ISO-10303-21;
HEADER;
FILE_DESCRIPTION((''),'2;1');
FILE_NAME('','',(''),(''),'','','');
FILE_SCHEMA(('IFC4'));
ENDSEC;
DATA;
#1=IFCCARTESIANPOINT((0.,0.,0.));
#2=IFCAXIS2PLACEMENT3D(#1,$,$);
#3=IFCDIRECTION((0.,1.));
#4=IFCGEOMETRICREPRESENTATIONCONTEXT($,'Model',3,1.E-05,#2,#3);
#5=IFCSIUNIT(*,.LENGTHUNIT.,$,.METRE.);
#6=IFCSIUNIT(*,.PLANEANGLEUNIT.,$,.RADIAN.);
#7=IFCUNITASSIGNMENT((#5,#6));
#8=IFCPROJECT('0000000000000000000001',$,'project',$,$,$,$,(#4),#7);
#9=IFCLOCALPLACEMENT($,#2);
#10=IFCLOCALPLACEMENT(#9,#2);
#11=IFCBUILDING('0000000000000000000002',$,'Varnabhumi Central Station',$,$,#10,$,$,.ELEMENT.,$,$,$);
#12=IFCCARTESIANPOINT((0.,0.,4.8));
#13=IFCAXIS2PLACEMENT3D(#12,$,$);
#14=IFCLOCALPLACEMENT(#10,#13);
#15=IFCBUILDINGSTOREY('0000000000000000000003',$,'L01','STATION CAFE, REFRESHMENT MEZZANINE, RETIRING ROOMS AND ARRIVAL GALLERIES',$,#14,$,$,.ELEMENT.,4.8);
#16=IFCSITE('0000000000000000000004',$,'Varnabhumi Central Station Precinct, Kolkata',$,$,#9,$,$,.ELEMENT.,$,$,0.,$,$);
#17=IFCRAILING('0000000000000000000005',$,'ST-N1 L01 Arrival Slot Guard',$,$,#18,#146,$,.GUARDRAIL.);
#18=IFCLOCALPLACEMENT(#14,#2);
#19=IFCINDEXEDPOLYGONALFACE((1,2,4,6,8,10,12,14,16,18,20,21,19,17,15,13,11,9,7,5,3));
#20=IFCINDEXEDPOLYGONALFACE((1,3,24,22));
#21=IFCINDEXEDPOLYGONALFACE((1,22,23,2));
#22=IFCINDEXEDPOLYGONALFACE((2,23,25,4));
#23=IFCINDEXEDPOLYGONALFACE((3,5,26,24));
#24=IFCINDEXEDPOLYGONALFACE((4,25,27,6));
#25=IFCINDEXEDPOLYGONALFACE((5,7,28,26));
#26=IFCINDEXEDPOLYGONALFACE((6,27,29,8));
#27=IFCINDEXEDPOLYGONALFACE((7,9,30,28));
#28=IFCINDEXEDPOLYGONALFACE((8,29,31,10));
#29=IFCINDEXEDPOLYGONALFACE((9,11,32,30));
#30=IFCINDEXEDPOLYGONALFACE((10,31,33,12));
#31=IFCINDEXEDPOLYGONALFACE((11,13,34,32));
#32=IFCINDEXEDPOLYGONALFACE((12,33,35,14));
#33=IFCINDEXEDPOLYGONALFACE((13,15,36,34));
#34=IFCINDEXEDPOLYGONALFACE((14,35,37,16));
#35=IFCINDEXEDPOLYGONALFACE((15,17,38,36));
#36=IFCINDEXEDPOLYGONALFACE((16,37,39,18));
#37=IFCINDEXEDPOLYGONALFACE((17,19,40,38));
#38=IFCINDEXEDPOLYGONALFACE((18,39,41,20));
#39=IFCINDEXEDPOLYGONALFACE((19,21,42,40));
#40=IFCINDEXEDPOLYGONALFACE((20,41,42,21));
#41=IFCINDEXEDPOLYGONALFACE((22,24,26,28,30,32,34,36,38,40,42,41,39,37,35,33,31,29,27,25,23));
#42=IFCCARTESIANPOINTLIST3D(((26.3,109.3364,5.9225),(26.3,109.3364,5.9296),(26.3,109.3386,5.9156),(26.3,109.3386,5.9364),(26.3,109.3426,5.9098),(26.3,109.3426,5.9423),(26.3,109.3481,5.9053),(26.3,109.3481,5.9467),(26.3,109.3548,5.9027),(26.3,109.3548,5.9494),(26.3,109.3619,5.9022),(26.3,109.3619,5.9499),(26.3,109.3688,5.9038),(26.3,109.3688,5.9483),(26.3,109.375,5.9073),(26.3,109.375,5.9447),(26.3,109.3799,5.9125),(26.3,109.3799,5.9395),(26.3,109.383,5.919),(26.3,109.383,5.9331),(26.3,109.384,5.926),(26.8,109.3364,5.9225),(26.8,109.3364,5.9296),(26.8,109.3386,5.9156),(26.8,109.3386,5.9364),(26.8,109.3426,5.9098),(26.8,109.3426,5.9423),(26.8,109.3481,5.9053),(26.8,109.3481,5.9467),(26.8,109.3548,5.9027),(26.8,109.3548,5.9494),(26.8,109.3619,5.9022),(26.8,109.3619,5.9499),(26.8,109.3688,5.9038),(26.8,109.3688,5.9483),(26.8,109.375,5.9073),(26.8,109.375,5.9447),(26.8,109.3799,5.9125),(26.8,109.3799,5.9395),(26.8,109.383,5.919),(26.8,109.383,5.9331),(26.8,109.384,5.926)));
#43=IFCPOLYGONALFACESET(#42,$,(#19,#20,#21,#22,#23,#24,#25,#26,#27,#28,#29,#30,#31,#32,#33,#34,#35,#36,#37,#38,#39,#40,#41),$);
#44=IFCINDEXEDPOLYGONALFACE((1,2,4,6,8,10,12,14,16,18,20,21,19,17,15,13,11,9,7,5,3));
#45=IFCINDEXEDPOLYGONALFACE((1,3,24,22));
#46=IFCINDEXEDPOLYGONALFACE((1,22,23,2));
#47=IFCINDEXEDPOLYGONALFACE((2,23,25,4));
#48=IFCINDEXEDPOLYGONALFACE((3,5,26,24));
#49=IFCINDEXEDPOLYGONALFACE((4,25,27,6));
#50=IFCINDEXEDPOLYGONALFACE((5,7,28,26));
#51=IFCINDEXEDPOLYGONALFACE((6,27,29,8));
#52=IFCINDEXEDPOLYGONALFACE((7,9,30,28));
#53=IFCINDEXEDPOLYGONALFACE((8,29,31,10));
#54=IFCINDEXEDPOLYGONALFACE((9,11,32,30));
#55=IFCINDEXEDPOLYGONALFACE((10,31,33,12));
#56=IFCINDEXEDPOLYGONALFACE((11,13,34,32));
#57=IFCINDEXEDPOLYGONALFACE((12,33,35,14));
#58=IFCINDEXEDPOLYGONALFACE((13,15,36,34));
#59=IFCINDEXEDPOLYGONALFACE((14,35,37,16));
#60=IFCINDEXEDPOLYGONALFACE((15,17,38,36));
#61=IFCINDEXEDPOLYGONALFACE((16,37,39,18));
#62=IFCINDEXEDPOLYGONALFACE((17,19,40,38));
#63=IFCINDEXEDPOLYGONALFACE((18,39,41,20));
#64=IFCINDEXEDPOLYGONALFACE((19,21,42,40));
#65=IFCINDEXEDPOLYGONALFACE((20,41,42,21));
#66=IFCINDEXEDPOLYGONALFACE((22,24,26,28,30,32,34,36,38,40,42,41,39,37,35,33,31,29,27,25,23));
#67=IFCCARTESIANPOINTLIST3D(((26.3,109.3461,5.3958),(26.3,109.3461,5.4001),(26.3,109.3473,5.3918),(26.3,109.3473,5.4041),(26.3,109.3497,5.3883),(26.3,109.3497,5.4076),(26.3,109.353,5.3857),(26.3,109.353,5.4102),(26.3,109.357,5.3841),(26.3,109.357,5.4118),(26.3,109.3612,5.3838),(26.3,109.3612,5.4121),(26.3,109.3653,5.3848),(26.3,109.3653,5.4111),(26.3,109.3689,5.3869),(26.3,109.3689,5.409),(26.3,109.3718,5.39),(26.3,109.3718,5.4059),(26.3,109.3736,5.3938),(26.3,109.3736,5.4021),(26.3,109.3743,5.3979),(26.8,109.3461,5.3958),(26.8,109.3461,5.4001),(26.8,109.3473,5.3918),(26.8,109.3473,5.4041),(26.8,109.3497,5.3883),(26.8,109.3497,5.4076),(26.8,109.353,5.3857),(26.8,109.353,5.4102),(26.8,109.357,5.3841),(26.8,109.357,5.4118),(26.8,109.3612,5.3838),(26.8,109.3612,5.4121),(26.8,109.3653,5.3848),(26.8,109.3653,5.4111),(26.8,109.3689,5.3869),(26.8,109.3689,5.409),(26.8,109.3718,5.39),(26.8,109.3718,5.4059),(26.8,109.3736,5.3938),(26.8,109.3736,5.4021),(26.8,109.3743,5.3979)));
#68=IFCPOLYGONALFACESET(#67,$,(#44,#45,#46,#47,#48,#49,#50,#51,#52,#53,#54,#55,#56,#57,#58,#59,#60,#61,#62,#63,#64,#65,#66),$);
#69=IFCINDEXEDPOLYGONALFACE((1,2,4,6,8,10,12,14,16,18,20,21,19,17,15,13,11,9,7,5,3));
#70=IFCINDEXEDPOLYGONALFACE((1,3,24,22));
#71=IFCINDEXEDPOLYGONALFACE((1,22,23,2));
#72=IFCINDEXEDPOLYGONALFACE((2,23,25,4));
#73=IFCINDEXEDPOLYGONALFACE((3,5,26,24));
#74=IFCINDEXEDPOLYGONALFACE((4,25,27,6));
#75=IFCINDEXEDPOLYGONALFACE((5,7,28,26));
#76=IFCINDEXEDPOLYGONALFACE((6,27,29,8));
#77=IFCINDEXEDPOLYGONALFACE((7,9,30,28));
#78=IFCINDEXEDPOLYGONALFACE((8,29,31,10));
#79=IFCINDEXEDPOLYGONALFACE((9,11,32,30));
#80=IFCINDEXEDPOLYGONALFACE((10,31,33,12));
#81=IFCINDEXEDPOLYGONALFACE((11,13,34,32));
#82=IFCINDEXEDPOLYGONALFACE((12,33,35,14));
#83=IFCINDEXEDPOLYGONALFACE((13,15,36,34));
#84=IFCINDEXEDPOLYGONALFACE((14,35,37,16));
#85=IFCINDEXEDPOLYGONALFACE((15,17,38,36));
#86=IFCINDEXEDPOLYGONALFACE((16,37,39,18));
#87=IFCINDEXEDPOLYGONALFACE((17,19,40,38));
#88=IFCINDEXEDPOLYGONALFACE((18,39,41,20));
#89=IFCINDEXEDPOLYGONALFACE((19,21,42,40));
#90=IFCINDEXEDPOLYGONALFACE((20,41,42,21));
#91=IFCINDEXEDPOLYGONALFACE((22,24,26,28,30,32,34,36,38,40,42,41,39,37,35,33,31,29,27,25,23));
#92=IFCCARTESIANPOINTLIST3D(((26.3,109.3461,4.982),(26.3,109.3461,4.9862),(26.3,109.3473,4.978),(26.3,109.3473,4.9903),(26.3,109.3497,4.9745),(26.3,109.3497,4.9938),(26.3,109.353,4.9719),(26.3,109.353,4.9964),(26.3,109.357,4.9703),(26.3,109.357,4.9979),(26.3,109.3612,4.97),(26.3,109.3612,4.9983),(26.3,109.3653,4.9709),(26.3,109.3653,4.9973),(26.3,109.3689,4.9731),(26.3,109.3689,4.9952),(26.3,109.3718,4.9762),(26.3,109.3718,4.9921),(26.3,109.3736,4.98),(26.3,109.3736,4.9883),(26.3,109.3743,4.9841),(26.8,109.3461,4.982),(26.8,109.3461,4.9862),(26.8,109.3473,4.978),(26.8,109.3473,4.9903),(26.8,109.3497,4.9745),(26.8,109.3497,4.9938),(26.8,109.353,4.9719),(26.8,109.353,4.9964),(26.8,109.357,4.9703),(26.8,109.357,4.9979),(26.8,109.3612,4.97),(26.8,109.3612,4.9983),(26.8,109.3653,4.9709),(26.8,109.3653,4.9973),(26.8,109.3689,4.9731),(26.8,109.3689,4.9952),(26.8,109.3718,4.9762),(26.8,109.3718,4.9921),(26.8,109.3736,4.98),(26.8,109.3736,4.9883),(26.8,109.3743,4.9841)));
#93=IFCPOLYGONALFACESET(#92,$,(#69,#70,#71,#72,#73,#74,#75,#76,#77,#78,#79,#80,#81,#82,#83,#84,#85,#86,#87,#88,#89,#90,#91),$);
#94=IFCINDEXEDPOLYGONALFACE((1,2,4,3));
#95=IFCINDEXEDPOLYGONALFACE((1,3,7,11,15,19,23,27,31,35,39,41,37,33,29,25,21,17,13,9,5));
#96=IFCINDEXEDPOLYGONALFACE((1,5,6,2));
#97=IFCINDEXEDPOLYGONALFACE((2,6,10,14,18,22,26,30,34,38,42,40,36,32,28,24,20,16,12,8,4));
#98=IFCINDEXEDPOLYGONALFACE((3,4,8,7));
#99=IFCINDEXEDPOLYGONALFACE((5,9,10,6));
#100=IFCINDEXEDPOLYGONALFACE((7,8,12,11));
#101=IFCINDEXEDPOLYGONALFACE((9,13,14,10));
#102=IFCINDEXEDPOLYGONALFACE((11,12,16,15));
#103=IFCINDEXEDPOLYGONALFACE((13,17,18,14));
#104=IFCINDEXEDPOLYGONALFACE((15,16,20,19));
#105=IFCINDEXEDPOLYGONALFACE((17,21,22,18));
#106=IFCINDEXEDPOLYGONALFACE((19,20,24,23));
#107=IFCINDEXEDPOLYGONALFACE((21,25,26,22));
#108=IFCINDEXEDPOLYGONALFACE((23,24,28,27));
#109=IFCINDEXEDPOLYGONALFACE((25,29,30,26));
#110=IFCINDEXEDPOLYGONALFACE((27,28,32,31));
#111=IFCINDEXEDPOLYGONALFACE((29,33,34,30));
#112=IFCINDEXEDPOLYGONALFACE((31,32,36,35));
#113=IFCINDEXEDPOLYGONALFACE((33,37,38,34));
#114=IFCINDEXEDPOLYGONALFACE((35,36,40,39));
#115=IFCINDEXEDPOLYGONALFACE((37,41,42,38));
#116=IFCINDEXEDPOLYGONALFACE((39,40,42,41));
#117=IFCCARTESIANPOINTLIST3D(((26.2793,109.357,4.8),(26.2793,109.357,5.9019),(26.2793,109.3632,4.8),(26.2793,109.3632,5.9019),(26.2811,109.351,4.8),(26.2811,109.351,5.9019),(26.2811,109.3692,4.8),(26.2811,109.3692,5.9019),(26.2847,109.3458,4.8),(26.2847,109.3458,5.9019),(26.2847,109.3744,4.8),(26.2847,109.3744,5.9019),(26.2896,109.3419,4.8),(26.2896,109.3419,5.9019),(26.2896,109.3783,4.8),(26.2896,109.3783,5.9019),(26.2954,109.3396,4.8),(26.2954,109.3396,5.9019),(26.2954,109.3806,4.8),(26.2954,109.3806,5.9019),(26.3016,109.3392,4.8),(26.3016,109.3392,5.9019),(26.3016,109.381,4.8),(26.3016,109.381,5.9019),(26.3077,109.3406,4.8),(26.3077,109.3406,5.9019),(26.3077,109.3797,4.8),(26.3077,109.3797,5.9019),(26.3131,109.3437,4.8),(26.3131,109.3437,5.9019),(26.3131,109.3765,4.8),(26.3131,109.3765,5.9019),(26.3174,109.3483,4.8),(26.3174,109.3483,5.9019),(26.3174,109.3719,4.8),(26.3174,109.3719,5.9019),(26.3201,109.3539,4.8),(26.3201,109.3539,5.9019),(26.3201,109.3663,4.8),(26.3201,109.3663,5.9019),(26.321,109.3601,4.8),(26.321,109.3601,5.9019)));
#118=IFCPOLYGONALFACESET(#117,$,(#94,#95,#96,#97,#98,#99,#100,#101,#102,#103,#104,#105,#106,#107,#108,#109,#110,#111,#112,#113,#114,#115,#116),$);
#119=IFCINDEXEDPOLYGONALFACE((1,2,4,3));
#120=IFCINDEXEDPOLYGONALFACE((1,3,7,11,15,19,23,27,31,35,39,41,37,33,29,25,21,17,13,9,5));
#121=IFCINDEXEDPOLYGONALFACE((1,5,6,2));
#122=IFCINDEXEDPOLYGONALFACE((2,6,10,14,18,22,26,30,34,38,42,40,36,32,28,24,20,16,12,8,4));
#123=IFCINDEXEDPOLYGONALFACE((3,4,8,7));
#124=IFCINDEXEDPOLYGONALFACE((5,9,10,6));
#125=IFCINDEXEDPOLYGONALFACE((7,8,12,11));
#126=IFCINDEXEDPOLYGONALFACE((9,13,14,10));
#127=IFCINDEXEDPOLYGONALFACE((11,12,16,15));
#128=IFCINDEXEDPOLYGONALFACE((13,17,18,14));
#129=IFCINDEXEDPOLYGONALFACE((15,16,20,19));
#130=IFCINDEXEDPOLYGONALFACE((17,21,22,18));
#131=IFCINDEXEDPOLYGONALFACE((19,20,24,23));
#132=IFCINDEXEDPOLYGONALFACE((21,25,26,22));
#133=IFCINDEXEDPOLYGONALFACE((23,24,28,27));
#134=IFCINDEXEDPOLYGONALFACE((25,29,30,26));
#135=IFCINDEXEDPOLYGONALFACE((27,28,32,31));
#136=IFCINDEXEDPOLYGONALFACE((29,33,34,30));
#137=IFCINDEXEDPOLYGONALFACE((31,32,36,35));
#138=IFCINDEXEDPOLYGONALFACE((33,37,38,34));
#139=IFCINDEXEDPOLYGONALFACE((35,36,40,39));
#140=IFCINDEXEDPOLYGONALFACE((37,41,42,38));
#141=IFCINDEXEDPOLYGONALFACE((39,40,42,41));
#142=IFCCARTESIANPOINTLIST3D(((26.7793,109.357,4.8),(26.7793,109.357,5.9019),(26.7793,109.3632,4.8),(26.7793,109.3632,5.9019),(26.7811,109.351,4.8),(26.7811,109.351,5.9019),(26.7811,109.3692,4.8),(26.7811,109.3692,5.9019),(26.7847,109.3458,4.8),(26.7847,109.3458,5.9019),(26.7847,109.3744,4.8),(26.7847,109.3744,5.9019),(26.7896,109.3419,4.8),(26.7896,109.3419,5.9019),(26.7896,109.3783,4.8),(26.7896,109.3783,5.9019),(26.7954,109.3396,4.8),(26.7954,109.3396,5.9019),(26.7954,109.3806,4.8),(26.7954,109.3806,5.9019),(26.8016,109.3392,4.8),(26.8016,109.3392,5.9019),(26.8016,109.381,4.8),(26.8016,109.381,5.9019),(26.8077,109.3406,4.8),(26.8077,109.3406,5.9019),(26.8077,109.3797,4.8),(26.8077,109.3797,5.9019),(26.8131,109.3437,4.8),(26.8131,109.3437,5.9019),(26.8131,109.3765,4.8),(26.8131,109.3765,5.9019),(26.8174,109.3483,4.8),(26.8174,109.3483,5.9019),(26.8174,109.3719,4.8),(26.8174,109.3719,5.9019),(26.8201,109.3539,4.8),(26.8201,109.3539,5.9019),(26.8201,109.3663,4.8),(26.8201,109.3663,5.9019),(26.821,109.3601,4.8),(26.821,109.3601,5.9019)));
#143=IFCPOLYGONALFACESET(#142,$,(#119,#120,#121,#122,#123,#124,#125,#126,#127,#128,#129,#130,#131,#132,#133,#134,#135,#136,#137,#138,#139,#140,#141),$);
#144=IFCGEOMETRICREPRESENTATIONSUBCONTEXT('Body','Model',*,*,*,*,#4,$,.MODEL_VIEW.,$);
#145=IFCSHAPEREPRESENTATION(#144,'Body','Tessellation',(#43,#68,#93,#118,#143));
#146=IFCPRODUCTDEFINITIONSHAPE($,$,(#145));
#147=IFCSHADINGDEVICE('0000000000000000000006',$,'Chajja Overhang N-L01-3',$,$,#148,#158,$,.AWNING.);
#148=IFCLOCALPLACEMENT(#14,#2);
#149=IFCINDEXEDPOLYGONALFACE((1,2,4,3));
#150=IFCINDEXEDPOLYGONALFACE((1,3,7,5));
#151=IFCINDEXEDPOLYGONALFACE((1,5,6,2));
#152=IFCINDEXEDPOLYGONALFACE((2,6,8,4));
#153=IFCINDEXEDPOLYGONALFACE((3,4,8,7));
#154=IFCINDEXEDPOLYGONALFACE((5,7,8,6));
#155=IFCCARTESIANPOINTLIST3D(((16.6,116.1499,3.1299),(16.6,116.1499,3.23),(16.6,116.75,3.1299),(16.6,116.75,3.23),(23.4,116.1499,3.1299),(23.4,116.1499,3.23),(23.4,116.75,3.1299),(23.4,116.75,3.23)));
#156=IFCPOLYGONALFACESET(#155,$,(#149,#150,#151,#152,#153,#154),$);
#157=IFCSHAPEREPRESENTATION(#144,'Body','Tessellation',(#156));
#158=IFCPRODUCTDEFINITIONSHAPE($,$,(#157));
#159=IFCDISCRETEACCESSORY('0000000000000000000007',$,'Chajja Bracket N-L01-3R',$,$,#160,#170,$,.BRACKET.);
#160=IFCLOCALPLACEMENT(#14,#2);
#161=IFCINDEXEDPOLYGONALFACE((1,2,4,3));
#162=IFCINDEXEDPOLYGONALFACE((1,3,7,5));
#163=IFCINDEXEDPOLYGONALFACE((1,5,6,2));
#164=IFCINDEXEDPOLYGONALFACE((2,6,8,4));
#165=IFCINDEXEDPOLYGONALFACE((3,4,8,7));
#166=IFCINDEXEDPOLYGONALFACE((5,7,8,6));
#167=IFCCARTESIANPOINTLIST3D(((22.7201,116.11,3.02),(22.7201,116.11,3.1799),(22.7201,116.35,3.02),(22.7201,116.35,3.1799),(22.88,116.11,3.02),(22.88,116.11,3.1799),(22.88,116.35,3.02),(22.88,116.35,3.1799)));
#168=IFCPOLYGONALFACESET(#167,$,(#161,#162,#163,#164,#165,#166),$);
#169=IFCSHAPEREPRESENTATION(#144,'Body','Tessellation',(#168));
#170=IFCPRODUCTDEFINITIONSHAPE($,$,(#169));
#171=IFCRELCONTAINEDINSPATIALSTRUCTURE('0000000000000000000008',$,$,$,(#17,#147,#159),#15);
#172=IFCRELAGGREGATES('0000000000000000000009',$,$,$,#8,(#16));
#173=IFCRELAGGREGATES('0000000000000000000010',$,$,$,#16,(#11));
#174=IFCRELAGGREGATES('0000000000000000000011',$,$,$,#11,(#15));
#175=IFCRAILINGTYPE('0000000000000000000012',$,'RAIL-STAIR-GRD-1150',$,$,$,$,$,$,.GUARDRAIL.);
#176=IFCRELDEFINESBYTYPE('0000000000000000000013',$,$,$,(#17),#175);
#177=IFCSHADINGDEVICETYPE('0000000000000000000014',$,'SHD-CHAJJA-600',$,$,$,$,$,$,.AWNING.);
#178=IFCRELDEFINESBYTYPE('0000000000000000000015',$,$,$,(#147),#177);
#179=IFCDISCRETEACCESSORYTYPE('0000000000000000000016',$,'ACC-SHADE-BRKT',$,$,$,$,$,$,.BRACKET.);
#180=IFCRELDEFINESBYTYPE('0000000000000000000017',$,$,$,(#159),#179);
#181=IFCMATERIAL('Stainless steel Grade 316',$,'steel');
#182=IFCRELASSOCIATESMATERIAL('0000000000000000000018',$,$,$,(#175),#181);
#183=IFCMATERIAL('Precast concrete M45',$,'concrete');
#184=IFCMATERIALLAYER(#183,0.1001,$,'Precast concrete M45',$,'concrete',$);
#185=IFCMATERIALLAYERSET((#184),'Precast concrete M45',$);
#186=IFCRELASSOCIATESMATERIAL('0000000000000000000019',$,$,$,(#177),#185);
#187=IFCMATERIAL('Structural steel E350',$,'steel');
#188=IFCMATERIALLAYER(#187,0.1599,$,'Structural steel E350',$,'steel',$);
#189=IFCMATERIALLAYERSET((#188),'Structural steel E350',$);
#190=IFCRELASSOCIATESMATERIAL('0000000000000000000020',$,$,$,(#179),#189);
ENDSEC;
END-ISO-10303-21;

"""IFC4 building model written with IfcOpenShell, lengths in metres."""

from ifc_helpers import new_model, si_unit, direction, frame, origin, origin_2d, place, context, subcontext, project, spatial, rectangle, circle, extrude, material, layer, layer_set, type_object, element, save


model = new_model("IFC4")

# Units and contexts
model_context = context("Model", 3, precision=1e-05, world=origin(), true_north=direction((0.0, 1.0)))
body_context = subcontext(model_context, "Body", "Model", "MODEL_VIEW")
ifc_project = project(units=[si_unit("LENGTHUNIT", "METRE"), si_unit("PLANEANGLEUNIT", "RADIAN")], contexts=[model_context])

# Site, building, storey
site_placement = place(None, origin())
site = spatial("IfcSite", under=ifc_project, at=site_placement, Name="Varnabhumi Central Station Precinct, Kolkata", CompositionType="ELEMENT", RefElevation=0.0)
building_placement = place(site_placement, origin())
building = spatial("IfcBuilding", under=site, at=building_placement, Name="Varnabhumi Central Station", CompositionType="ELEMENT")
storey_placement = place(building_placement, frame((0.0, 0.0, 4.8)))
storey = spatial("IfcBuildingStorey", under=building, at=storey_placement, Name="L01", Description="STATION CAFE, REFRESHMENT MEZZANINE, RETIRING ROOMS AND ARRIVAL GALLERIES", CompositionType="ELEMENT", Elevation=4.8)

# Shared definitions
ifc_material_1 = material(Name="Stainless steel Grade 316", Category="steel")

# Railing
railing_type_1 = type_object("IfcRailingType", Name="RAIL-STAIR-GRD-1150", PredefinedType="GUARDRAIL", material=ifc_material_1)
for number, where, name in (
    (1, (26.3, 109.3601, 4.8), "ST-N1 L01 Arrival Slot Guard"),
):
    element("IfcRailing", number, at=place(storey_placement, frame(where)), inside=storey, type_object=railing_type_1, Name=name, PredefinedType="GUARDRAIL", context=body_context, shape_type="SweptSolid", body=[
        extrude(circle(Radius=0.0239, at=origin_2d()), frame((0.0, 0.0, 1.126), z_axis=(1.0, 0.0, 0.0), x_axis=(0.0, 1.0, 0.0)), (0.0, 0.0, 1.0), 0.5),
        extrude(circle(Radius=0.0142, at=origin_2d()), frame((0.0, 0.0, 0.5979), z_axis=(1.0, 0.0, 0.0), x_axis=(0.0, 1.0, 0.0)), (0.0, 0.0, 1.0), 0.5),
        extrude(circle(Radius=0.0142, at=origin_2d()), frame((0.0, 0.0, 0.1841), z_axis=(1.0, 0.0, 0.0), x_axis=(0.0, 1.0, 0.0)), (0.0, 0.0, 1.0), 0.5),
        extrude(circle(Radius=0.021, at=origin_2d()), origin(), (0.0, 0.0, 1.0), 1.1018),
        extrude(circle(Radius=0.021, at=origin_2d()), frame((0.5, 0.0, 0.0)), (0.0, 0.0, 1.0), 1.1018),
    ])

# Shading device
ifc_material_2 = material(Name="Precast concrete M45", Category="concrete")
ifc_layer_1 = layer(ifc_material_2, 0.1001, Name="Precast concrete M45", Category="concrete")
ifc_layer_set_1 = layer_set([ifc_layer_1], Name="Precast concrete M45")
shading_device_type = type_object("IfcShadingDeviceType", Name="SHD-CHAJJA-600", PredefinedType="AWNING", material=ifc_layer_set_1)
shading_device_placement = place(storey_placement, frame((20.0, 116.45, 3.1299), z_axis=(0.0, 0.0, 1.0), x_axis=(1.0, 0.0, 0.0)))
element("IfcShadingDevice", 2, at=shading_device_placement, inside=storey, type_object=shading_device_type, Name="Chajja Overhang N-L01-3", PredefinedType="AWNING", context=body_context, shape_type="SweptSolid", body=[
    extrude(rectangle(XDim=6.8, YDim=0.6001, at=origin_2d()), origin(), (0.0, 0.0, 1.0), 0.1001),
])

# Discrete accessory
ifc_material_3 = material(Name="Structural steel E350", Category="steel")
ifc_layer_2 = layer(ifc_material_3, 0.1599, Name="Structural steel E350", Category="steel")
ifc_layer_set_2 = layer_set([ifc_layer_2], Name="Structural steel E350")
discrete_accessory_type = type_object("IfcDiscreteAccessoryType", Name="ACC-SHADE-BRKT", PredefinedType="BRACKET", material=ifc_layer_set_2)
discrete_accessory_placement = place(storey_placement, frame((22.8, 116.23, 3.02), z_axis=(0.0, 0.0, 1.0), x_axis=(1.0, 0.0, 0.0)))
element("IfcDiscreteAccessory", 3, at=discrete_accessory_placement, inside=storey, type_object=discrete_accessory_type, Name="Chajja Bracket N-L01-3R", PredefinedType="BRACKET", context=body_context, shape_type="SweptSolid", body=[
    extrude(rectangle(XDim=0.1599, YDim=0.24, at=origin_2d()), origin(), (0.0, 0.0, 1.0), 0.1599),
])

save(model, "model.ifc")
